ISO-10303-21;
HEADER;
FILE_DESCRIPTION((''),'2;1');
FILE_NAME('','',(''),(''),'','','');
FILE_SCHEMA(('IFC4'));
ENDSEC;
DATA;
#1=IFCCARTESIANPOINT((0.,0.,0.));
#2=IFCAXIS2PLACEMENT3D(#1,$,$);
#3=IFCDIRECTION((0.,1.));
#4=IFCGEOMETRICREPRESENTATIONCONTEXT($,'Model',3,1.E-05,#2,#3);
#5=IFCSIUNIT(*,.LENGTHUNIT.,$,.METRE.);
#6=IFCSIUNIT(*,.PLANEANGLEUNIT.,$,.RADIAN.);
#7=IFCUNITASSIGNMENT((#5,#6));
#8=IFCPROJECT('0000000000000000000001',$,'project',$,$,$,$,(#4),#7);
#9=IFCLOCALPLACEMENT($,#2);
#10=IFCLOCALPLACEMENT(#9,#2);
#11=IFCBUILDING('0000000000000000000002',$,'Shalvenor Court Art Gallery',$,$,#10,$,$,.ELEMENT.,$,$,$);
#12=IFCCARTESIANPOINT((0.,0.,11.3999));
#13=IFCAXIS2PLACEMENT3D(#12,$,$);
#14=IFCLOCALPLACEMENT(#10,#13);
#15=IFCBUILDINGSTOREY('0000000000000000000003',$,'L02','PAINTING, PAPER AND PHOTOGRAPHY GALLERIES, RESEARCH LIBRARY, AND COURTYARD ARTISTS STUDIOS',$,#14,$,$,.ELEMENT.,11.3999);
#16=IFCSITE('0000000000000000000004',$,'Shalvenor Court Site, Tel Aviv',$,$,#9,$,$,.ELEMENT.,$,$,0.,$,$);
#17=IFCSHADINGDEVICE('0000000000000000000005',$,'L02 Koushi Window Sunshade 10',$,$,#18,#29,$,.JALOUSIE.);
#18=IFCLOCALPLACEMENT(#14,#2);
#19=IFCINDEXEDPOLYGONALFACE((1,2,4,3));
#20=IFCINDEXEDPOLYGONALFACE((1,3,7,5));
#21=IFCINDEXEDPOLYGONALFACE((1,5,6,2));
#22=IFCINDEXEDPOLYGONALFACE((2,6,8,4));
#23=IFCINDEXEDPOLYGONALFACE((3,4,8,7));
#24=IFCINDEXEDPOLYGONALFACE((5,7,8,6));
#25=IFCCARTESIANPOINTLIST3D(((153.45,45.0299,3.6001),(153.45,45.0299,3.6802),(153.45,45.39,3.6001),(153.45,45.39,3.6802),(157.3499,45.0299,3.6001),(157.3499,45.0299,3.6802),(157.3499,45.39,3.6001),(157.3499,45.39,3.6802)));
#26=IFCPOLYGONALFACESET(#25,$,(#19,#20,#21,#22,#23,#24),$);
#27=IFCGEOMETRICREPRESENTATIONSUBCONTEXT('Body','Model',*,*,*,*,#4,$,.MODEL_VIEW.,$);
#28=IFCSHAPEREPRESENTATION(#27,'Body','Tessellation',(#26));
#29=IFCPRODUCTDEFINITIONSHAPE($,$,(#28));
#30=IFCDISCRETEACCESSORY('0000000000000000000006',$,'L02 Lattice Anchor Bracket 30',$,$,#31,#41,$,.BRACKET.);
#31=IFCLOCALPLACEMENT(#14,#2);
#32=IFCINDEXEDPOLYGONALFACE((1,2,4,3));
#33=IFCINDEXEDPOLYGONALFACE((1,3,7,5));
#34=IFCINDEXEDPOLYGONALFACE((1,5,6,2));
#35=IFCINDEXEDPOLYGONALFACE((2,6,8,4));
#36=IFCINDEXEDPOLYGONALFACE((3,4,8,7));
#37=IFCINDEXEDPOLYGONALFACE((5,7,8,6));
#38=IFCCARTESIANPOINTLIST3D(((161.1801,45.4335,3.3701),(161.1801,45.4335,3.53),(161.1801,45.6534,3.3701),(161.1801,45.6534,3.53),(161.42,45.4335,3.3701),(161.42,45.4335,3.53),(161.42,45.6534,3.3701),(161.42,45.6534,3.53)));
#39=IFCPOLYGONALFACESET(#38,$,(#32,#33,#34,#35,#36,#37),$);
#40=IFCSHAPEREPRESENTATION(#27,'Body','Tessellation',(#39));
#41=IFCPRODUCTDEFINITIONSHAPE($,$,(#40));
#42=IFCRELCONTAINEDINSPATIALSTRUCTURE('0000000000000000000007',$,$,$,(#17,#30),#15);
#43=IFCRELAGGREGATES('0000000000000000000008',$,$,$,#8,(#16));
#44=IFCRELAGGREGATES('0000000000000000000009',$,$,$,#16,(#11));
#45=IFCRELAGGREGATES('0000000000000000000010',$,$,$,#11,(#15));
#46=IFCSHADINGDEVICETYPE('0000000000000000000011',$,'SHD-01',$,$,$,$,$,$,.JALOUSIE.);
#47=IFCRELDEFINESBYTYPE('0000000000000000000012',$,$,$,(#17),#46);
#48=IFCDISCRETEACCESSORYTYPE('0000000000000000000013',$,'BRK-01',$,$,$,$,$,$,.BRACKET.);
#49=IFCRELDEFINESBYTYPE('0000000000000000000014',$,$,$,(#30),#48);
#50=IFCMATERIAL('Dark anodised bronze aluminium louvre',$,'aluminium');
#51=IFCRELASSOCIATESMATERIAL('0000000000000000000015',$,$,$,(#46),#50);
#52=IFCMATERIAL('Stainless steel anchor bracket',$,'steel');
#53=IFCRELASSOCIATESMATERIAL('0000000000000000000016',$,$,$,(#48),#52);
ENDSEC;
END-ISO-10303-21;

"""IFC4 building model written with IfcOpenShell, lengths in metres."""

from ifc_helpers import new_model, si_unit, direction, frame, origin, origin_2d, place, context, subcontext, project, spatial, rectangle, extrude, material, type_object, element, save


model = new_model("IFC4")

# Units and contexts
model_context = context("Model", 3, precision=1e-05, world=origin(), true_north=direction((0.0, 1.0)))
body_context = subcontext(model_context, "Body", "Model", "MODEL_VIEW")
ifc_project = project(units=[si_unit("LENGTHUNIT", "METRE"), si_unit("PLANEANGLEUNIT", "RADIAN")], contexts=[model_context])

# Site, building, storey
site_placement = place(None, origin())
site = spatial("IfcSite", under=ifc_project, at=site_placement, Name="Shalvenor Court Site, Tel Aviv", CompositionType="ELEMENT", RefElevation=0.0)
building_placement = place(site_placement, origin())
building = spatial("IfcBuilding", under=site, at=building_placement, Name="Shalvenor Court Art Gallery", CompositionType="ELEMENT")
storey_placement = place(building_placement, frame((0.0, 0.0, 11.3999)))
storey = spatial("IfcBuildingStorey", under=building, at=storey_placement, Name="L02", Description="PAINTING, PAPER AND PHOTOGRAPHY GALLERIES, RESEARCH LIBRARY, AND COURTYARD ARTISTS STUDIOS", CompositionType="ELEMENT", Elevation=11.3999)

# Shading device
ifc_material_1 = material(Name="Dark anodised bronze aluminium louvre", Category="aluminium")
shading_device_type = type_object("IfcShadingDeviceType", Name="SHD-01", PredefinedType="JALOUSIE", material=ifc_material_1)
shading_device_placement = place(storey_placement, frame((155.3999, 45.21, 3.6001), z_axis=(0.0, 0.0, 1.0), x_axis=(-1.0, 0.0, 0.0)))
element("IfcShadingDevice", 1, at=shading_device_placement, inside=storey, type_object=shading_device_type, Name="L02 Koushi Window Sunshade 10", PredefinedType="JALOUSIE", context=body_context, shape_type="SweptSolid", body=[
    extrude(rectangle(XDim=3.8999, YDim=0.3601, at=origin_2d()), origin(), (0.0, 0.0, 1.0), 0.0801),
])

# Discrete accessory
ifc_material_2 = material(Name="Stainless steel anchor bracket", Category="steel")
discrete_accessory_type = type_object("IfcDiscreteAccessoryType", Name="BRK-01", PredefinedType="BRACKET", material=ifc_material_2)
discrete_accessory_placement = place(storey_placement, frame((161.3, 45.5435, 3.3701), z_axis=(0.0, 0.0, 1.0), x_axis=(-1.0, 0.0, 0.0)))
element("IfcDiscreteAccessory", 2, at=discrete_accessory_placement, inside=storey, type_object=discrete_accessory_type, Name="L02 Lattice Anchor Bracket 30", PredefinedType="BRACKET", context=body_context, shape_type="SweptSolid", body=[
    extrude(rectangle(XDim=0.24, YDim=0.22, at=origin_2d()), origin(), (0.0, 0.0, 1.0), 0.1599),
])

save(model, "model.ifc")
